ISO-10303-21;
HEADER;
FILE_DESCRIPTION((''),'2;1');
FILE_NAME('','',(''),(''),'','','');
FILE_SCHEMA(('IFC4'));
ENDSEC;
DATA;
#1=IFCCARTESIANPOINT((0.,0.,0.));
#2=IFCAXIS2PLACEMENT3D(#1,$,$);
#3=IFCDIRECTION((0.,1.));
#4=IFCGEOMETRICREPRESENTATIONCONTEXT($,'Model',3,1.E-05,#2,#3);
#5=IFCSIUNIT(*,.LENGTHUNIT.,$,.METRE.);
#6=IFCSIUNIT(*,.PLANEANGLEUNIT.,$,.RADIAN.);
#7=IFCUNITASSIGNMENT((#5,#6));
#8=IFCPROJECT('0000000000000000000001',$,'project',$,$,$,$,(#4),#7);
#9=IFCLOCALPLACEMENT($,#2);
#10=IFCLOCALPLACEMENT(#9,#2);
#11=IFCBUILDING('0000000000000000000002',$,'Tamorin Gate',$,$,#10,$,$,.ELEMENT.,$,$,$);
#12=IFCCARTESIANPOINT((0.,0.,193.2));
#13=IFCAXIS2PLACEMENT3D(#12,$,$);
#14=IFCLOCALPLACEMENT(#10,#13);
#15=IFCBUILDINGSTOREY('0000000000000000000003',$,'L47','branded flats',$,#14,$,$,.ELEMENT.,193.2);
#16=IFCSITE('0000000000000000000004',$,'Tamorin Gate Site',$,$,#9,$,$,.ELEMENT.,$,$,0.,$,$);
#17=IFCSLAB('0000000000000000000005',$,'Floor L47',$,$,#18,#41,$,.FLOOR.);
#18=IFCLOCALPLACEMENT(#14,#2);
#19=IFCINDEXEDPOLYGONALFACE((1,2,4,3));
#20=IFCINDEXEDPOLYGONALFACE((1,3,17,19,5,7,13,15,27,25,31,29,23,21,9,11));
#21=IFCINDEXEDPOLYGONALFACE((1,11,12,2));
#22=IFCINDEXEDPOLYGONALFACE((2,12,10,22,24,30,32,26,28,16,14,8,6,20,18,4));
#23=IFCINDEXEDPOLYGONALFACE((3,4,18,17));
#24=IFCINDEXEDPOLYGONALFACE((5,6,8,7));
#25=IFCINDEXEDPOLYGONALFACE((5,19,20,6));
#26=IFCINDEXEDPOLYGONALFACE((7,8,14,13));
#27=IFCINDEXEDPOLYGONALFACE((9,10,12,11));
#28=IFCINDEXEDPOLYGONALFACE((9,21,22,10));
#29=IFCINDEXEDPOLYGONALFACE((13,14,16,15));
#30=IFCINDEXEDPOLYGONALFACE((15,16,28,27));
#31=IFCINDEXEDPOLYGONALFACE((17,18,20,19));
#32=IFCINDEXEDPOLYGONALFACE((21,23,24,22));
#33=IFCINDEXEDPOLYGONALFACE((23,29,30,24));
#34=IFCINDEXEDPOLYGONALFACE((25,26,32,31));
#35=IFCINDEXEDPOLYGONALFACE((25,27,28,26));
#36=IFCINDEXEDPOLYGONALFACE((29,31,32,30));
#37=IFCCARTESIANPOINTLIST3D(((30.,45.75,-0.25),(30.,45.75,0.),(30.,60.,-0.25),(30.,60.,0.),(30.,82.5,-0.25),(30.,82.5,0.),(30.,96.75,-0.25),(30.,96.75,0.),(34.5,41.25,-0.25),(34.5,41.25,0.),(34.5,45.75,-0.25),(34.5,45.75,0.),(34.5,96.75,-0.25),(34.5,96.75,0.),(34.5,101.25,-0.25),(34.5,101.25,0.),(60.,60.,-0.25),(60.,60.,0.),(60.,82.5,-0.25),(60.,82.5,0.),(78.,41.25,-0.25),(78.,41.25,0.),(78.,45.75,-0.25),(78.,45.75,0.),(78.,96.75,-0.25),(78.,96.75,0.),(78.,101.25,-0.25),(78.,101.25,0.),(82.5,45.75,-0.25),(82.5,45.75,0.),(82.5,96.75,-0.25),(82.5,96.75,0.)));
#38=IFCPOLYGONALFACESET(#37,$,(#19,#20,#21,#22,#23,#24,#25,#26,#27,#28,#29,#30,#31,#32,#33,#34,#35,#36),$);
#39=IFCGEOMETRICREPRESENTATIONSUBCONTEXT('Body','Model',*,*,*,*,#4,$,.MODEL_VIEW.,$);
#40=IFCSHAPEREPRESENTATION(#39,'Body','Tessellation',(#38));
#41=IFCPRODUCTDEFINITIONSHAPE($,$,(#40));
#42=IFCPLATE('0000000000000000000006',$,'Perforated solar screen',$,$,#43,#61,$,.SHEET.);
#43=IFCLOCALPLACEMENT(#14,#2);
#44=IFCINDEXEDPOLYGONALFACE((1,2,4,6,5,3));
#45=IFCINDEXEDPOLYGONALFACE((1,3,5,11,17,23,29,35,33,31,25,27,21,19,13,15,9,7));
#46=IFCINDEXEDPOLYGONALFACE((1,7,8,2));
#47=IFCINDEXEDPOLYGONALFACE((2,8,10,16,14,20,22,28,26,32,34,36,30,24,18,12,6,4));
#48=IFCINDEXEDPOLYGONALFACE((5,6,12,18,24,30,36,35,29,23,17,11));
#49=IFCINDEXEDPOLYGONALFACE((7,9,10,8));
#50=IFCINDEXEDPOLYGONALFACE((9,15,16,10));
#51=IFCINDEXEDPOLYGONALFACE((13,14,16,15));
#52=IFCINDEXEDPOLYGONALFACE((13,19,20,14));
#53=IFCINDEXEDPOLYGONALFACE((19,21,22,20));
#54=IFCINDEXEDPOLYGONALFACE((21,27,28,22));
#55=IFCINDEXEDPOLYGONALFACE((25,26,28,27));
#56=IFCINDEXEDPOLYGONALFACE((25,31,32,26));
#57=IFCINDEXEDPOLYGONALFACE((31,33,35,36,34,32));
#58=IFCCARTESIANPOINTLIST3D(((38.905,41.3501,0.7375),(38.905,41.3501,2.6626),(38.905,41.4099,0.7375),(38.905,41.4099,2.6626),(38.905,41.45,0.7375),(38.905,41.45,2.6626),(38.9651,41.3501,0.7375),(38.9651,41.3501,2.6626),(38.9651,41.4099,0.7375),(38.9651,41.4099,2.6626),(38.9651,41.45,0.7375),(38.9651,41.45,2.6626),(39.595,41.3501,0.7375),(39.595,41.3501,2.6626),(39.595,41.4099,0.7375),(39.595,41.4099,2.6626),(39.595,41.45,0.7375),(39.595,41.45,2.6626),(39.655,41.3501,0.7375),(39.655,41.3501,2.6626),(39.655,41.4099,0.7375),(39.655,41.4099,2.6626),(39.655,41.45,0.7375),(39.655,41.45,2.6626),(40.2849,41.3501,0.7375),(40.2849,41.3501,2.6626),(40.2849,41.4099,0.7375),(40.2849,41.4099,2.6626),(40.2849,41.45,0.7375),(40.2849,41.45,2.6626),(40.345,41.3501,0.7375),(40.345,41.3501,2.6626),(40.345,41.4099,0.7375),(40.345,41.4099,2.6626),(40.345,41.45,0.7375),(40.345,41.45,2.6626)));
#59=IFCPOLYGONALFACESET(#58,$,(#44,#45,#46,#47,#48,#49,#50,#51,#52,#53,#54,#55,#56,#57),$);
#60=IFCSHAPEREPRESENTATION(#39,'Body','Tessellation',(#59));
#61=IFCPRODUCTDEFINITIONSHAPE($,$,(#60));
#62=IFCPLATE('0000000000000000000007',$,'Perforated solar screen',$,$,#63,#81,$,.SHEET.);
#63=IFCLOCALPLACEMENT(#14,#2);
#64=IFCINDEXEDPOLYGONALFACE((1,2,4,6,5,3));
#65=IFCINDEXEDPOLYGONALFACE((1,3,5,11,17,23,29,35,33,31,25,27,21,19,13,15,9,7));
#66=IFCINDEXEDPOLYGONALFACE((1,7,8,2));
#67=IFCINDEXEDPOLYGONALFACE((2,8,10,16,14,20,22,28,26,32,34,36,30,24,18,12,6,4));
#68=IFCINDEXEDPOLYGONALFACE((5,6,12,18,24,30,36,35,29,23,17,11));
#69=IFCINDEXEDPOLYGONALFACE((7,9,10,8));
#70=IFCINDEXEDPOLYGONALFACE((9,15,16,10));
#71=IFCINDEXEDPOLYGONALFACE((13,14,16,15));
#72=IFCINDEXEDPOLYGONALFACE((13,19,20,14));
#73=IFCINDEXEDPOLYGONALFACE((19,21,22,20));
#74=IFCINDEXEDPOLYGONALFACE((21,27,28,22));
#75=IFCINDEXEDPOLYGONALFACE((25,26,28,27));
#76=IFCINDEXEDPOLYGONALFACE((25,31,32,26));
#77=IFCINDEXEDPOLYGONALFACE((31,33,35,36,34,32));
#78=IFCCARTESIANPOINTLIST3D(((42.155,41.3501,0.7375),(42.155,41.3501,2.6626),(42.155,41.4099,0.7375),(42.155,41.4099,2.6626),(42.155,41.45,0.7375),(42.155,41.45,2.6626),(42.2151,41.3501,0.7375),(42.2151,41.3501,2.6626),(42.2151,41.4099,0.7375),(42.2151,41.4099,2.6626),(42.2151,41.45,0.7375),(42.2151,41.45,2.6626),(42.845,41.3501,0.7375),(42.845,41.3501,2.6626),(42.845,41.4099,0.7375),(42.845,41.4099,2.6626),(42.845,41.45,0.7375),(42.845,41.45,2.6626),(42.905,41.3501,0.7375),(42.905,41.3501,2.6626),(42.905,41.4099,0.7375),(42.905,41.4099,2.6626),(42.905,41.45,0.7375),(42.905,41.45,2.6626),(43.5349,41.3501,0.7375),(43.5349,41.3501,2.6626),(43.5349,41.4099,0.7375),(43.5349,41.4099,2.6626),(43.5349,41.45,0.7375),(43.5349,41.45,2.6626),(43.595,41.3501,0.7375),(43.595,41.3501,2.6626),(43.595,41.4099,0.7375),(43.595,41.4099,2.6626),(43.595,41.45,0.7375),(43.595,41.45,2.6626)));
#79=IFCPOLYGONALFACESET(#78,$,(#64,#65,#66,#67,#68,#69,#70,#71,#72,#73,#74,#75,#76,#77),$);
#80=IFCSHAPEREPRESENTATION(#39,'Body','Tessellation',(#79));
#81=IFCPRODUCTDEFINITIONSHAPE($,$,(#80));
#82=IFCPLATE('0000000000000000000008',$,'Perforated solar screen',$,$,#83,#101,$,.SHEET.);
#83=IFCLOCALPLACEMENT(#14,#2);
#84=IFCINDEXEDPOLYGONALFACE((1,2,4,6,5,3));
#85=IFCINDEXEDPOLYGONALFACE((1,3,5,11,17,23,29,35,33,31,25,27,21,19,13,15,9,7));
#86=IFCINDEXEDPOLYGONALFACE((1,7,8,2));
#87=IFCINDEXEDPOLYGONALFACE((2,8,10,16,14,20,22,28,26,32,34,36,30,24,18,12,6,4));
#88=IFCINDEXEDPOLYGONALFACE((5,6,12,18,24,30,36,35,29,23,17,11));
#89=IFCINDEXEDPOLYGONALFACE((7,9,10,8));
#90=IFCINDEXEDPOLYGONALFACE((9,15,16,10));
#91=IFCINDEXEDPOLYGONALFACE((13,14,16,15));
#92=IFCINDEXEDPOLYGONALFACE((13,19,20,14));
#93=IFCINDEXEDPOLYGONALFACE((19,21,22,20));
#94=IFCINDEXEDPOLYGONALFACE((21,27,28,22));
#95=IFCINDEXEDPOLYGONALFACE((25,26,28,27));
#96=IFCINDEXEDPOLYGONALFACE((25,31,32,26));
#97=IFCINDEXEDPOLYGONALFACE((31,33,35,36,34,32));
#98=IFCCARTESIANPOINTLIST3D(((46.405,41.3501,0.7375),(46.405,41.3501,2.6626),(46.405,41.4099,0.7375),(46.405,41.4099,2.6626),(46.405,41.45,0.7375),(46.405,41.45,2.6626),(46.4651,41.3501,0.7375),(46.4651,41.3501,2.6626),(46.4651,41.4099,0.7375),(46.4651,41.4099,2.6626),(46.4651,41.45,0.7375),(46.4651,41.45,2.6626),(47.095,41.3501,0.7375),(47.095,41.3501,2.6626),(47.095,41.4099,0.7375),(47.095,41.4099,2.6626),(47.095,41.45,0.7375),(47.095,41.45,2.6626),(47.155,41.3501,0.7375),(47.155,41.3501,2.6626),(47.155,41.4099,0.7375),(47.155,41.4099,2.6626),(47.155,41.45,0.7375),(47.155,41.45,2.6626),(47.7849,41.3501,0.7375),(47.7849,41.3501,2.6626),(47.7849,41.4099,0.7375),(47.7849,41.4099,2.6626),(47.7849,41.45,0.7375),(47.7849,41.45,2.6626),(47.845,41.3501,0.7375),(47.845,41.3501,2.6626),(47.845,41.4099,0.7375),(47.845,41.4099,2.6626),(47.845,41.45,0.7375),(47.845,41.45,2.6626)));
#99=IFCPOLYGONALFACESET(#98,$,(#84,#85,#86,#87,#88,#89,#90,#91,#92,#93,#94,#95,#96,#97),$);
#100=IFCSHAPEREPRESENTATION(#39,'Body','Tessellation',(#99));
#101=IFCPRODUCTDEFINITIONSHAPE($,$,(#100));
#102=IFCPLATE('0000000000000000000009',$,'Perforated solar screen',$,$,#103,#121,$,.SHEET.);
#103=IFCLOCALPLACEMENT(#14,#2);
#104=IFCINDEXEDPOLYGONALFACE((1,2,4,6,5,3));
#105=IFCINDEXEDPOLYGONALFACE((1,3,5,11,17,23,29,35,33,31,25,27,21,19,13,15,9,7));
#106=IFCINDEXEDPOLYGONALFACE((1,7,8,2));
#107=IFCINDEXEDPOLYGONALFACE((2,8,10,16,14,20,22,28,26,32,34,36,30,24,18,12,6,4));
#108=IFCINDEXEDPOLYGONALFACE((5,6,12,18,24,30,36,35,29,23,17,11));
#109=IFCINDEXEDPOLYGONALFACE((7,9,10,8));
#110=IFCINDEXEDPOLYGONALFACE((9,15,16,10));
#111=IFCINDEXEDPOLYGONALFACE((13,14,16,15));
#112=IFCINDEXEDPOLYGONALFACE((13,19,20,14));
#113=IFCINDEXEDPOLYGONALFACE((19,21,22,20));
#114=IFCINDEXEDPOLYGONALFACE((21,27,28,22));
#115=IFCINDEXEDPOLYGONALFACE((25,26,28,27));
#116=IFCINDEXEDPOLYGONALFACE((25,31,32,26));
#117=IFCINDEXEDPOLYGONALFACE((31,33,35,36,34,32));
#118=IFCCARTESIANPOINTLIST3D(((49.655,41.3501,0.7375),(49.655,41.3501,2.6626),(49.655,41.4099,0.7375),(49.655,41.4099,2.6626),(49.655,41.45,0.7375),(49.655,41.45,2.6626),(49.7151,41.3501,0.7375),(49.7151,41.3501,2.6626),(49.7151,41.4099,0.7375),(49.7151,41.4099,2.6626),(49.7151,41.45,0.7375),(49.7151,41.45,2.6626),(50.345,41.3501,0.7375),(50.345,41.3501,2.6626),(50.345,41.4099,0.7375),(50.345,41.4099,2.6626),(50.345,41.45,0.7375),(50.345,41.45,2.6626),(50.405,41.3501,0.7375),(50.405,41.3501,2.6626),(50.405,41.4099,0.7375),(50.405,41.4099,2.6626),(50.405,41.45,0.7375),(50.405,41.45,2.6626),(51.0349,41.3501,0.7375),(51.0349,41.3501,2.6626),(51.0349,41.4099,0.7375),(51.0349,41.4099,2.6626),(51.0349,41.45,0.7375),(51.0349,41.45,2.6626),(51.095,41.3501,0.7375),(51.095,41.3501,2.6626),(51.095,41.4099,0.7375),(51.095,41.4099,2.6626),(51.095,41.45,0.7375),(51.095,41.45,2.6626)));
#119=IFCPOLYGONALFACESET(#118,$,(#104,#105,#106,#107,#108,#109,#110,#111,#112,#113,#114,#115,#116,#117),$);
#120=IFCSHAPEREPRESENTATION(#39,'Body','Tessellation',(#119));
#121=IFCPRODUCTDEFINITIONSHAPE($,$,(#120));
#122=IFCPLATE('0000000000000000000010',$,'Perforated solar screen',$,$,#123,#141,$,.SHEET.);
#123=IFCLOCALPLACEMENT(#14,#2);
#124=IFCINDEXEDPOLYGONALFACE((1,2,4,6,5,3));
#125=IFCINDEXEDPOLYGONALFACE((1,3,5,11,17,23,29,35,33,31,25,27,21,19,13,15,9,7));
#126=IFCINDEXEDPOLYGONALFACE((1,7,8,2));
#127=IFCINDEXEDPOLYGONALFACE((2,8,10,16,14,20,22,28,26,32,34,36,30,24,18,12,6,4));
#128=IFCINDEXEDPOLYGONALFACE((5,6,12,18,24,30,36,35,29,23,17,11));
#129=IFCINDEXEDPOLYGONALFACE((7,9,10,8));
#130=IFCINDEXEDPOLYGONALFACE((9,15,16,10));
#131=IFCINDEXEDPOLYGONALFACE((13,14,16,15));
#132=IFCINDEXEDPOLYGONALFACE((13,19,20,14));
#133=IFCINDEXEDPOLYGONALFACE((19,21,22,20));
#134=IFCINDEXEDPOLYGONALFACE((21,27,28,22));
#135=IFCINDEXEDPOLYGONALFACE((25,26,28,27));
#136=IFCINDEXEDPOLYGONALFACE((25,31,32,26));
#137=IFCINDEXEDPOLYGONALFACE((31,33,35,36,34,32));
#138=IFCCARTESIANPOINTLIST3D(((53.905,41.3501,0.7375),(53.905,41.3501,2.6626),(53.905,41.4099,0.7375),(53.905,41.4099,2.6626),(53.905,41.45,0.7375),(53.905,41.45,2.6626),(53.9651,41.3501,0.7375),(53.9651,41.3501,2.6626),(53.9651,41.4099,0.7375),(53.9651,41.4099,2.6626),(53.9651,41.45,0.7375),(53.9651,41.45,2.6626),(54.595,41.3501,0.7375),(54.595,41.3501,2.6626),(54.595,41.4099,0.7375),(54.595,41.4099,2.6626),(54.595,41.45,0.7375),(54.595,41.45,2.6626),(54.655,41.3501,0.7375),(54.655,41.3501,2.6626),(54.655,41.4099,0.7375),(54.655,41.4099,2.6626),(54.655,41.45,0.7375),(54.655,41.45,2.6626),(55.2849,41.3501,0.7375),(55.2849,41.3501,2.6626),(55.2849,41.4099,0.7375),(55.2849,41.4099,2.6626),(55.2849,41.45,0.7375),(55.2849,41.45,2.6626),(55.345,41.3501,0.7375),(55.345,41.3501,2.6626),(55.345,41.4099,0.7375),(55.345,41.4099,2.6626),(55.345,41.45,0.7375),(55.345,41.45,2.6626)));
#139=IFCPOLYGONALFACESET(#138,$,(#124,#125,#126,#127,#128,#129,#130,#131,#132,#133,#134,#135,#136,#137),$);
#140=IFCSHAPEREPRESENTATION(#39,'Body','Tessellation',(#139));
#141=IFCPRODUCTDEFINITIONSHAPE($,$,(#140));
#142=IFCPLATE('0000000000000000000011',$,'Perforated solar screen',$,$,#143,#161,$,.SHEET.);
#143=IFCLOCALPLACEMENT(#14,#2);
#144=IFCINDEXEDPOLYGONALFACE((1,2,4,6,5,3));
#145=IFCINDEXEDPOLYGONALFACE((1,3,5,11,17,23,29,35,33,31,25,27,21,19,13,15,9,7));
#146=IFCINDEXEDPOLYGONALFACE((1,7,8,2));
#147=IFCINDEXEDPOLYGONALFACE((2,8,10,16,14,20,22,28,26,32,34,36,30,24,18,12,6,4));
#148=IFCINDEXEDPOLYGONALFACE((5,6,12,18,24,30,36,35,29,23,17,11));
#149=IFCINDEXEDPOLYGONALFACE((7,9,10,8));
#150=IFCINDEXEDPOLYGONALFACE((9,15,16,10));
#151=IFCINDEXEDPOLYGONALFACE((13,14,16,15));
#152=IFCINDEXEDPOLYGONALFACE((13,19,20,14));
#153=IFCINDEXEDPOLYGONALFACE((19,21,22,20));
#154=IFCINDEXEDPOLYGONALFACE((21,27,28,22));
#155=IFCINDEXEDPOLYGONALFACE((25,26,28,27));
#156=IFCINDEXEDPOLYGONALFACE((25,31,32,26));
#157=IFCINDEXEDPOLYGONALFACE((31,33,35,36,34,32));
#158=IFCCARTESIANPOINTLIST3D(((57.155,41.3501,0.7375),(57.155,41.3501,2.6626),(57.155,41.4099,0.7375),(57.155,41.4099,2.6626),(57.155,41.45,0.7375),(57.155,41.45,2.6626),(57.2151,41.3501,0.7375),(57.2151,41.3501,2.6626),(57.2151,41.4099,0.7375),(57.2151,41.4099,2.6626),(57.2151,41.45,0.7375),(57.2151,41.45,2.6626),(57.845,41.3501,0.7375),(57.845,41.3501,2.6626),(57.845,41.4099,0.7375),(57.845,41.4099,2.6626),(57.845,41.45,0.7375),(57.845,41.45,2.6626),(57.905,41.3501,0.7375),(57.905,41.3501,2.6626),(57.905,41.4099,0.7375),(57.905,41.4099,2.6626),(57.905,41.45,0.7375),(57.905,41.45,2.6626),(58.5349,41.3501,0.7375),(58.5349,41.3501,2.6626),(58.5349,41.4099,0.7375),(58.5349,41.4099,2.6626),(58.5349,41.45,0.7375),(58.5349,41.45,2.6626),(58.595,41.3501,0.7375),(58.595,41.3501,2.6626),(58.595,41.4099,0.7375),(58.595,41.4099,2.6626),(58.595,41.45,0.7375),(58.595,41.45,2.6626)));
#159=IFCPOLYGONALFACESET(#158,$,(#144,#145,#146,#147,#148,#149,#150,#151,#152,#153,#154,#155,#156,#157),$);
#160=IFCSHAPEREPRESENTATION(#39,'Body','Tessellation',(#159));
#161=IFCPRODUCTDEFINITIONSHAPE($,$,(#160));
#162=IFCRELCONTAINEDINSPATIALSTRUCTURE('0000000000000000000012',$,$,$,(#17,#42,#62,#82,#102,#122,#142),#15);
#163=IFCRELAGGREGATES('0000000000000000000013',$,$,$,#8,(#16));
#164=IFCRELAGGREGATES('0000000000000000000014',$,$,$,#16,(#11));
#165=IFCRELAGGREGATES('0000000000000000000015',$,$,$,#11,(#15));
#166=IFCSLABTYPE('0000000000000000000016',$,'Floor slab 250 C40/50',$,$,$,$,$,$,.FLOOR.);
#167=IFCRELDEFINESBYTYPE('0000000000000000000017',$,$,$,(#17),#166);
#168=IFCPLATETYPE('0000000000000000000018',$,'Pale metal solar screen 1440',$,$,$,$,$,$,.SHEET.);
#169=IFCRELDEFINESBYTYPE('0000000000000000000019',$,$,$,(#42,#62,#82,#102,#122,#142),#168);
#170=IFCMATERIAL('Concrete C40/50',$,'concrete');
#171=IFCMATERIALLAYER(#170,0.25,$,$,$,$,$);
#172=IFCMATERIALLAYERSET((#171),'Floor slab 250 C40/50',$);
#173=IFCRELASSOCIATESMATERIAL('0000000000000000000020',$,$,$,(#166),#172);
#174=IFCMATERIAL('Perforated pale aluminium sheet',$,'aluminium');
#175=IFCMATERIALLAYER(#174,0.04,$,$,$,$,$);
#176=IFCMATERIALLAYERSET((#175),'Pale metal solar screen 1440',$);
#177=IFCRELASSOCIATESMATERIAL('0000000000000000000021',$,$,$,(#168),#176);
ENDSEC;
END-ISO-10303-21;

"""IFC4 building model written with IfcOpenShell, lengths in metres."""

from ifc_helpers import new_model, si_unit, direction, frame, origin, place, context, subcontext, project, spatial, polyline, outline, extrude, material, layer, layer_set, type_object, element, save


model = new_model("IFC4")

# Units and contexts
model_context = context("Model", 3, precision=1e-05, world=origin(), true_north=direction((0.0, 1.0)))
body_context = subcontext(model_context, "Body", "Model", "MODEL_VIEW")
ifc_project = project(units=[si_unit("LENGTHUNIT", "METRE"), si_unit("PLANEANGLEUNIT", "RADIAN")], contexts=[model_context])

# Site, building, storey
site_placement = place(None, origin())
site = spatial("IfcSite", under=ifc_project, at=site_placement, Name="Tamorin Gate Site", CompositionType="ELEMENT", RefElevation=0.0)
building_placement = place(site_placement, origin())
building = spatial("IfcBuilding", under=site, at=building_placement, Name="Tamorin Gate", CompositionType="ELEMENT")
storey_placement = place(building_placement, frame((0.0, 0.0, 193.2)))
storey = spatial("IfcBuildingStorey", under=building, at=storey_placement, Name="L47", Description="branded flats", CompositionType="ELEMENT", Elevation=193.2)

# Slab
ifc_material_1 = material(Name="Concrete C40/50", Category="concrete")
ifc_layer_1 = layer(ifc_material_1, 0.25)
ifc_layer_set_1 = layer_set([ifc_layer_1], Name="Floor slab 250 C40/50")
slab_type = type_object("IfcSlabType", Name="Floor slab 250 C40/50", PredefinedType="FLOOR", material=ifc_layer_set_1)
slab_placement = place(storey_placement, frame((0.0, 0.0, -0.25)))
element("IfcSlab", 1, at=slab_placement, inside=storey, type_object=slab_type, Name="Floor L47", PredefinedType="FLOOR", context=body_context, shape_type="SweptSolid", body=[
    extrude(outline(polyline([(30.0, 96.75), (34.5, 96.75), (34.5, 101.25), (78.0, 101.25), (78.0, 96.75), (82.5, 96.75), (82.5, 45.75), (78.0, 45.75), (78.0, 41.25), (34.5, 41.25), (34.5, 45.75), (30.0, 45.75), (30.0, 60.0), (60.0, 60.0), (60.0, 82.5), (30.0, 82.5), (30.0, 96.75)])), origin(), (0.0, 0.0, 1.0), 0.25),
])

# Plates
ifc_material_2 = material(Name="Perforated pale aluminium sheet", Category="aluminium")
ifc_layer_2 = layer(ifc_material_2, 0.04)
ifc_layer_set_2 = layer_set([ifc_layer_2], Name="Pale metal solar screen 1440")
plate_type_1 = type_object("IfcPlateType", Name="Pale metal solar screen 1440", PredefinedType="SHEET", material=ifc_layer_set_2)
plate_1_placement = place(storey_placement, frame((0.0, 0.0, 0.7375)))
element("IfcPlate", 2, at=plate_1_placement, inside=storey, type_object=plate_type_1, Name="Perforated solar screen", PredefinedType="SHEET", context=body_context, shape_type="SweptSolid", body=[
    extrude(outline(polyline([(38.905, 41.4099), (38.905, 41.45), (38.9651, 41.45), (39.595, 41.45), (39.655, 41.45), (40.2849, 41.45), (40.345, 41.45), (40.345, 41.45), (40.345, 41.4099), (40.345, 41.4099), (40.345, 41.3501), (40.2849, 41.3501), (40.2849, 41.4099), (39.655, 41.4099), (39.655, 41.3501), (39.595, 41.3501), (39.595, 41.4099), (38.9651, 41.4099), (38.9651, 41.3501), (38.905, 41.3501), (38.905, 41.4099)])), origin(), (0.0, 0.0, 1.0), 1.925),
])
plate_2_placement = place(storey_placement, frame((0.0, 0.0, 0.7375)))
element("IfcPlate", 3, at=plate_2_placement, inside=storey, type_object=plate_type_1, Name="Perforated solar screen", PredefinedType="SHEET", context=body_context, shape_type="SweptSolid", body=[
    extrude(outline(polyline([(42.155, 41.4099), (42.155, 41.45), (42.2151, 41.45), (42.845, 41.45), (42.905, 41.45), (43.5349, 41.45), (43.595, 41.45), (43.595, 41.4099), (43.595, 41.3501), (43.5349, 41.3501), (43.5349, 41.4099), (42.905, 41.4099), (42.905, 41.3501), (42.845, 41.3501), (42.845, 41.4099), (42.2151, 41.4099), (42.2151, 41.3501), (42.155, 41.3501), (42.155, 41.4099)])), origin(), (0.0, 0.0, 1.0), 1.925),
])
plate_3_placement = place(storey_placement, frame((0.0, 0.0, 0.7375)))
element("IfcPlate", 4, at=plate_3_placement, inside=storey, type_object=plate_type_1, Name="Perforated solar screen", PredefinedType="SHEET", context=body_context, shape_type="SweptSolid", body=[
    extrude(outline(polyline([(46.405, 41.4099), (46.405, 41.45), (46.4651, 41.45), (47.095, 41.45), (47.155, 41.45), (47.7849, 41.45), (47.845, 41.45), (47.845, 41.4099), (47.845, 41.3501), (47.7849, 41.3501), (47.7849, 41.4099), (47.155, 41.4099), (47.155, 41.3501), (47.095, 41.3501), (47.095, 41.4099), (46.4651, 41.4099), (46.4651, 41.3501), (46.405, 41.3501), (46.405, 41.4099)])), origin(), (0.0, 0.0, 1.0), 1.925),
])
plate_4_placement = place(storey_placement, frame((0.0, 0.0, 0.7375)))
element("IfcPlate", 5, at=plate_4_placement, inside=storey, type_object=plate_type_1, Name="Perforated solar screen", PredefinedType="SHEET", context=body_context, shape_type="SweptSolid", body=[
    extrude(outline(polyline([(49.655, 41.4099), (49.655, 41.45), (49.7151, 41.45), (50.345, 41.45), (50.405, 41.45), (51.0349, 41.45), (51.095, 41.45), (51.095, 41.4099), (51.095, 41.3501), (51.0349, 41.3501), (51.0349, 41.4099), (50.405, 41.4099), (50.405, 41.3501), (50.345, 41.3501), (50.345, 41.4099), (49.7151, 41.4099), (49.7151, 41.3501), (49.655, 41.3501), (49.655, 41.4099)])), origin(), (0.0, 0.0, 1.0), 1.925),
])
plate_5_placement = place(storey_placement, frame((0.0, 0.0, 0.7375)))
element("IfcPlate", 6, at=plate_5_placement, inside=storey, type_object=plate_type_1, Name="Perforated solar screen", PredefinedType="SHEET", context=body_context, shape_type="SweptSolid", body=[
    extrude(outline(polyline([(53.905, 41.4099), (53.905, 41.45), (53.9651, 41.45), (54.595, 41.45), (54.655, 41.45), (55.2849, 41.45), (55.345, 41.45), (55.345, 41.4099), (55.345, 41.3501), (55.2849, 41.3501), (55.2849, 41.4099), (54.655, 41.4099), (54.655, 41.3501), (54.595, 41.3501), (54.595, 41.4099), (53.9651, 41.4099), (53.9651, 41.3501), (53.905, 41.3501), (53.905, 41.4099)])), origin(), (0.0, 0.0, 1.0), 1.925),
])
plate_6_placement = place(storey_placement, frame((0.0, 0.0, 0.7375)))
element("IfcPlate", 7, at=plate_6_placement, inside=storey, type_object=plate_type_1, Name="Perforated solar screen", PredefinedType="SHEET", context=body_context, shape_type="SweptSolid", body=[
    extrude(outline(polyline([(57.155, 41.4099), (57.155, 41.45), (57.2151, 41.45), (57.845, 41.45), (57.905, 41.45), (58.5349, 41.45), (58.595, 41.45), (58.595, 41.4099), (58.595, 41.3501), (58.5349, 41.3501), (58.5349, 41.4099), (57.905, 41.4099), (57.905, 41.3501), (57.845, 41.3501), (57.845, 41.4099), (57.2151, 41.4099), (57.2151, 41.3501), (57.155, 41.3501), (57.155, 41.4099)])), origin(), (0.0, 0.0, 1.0), 1.925),
])

save(model, "model.ifc")
